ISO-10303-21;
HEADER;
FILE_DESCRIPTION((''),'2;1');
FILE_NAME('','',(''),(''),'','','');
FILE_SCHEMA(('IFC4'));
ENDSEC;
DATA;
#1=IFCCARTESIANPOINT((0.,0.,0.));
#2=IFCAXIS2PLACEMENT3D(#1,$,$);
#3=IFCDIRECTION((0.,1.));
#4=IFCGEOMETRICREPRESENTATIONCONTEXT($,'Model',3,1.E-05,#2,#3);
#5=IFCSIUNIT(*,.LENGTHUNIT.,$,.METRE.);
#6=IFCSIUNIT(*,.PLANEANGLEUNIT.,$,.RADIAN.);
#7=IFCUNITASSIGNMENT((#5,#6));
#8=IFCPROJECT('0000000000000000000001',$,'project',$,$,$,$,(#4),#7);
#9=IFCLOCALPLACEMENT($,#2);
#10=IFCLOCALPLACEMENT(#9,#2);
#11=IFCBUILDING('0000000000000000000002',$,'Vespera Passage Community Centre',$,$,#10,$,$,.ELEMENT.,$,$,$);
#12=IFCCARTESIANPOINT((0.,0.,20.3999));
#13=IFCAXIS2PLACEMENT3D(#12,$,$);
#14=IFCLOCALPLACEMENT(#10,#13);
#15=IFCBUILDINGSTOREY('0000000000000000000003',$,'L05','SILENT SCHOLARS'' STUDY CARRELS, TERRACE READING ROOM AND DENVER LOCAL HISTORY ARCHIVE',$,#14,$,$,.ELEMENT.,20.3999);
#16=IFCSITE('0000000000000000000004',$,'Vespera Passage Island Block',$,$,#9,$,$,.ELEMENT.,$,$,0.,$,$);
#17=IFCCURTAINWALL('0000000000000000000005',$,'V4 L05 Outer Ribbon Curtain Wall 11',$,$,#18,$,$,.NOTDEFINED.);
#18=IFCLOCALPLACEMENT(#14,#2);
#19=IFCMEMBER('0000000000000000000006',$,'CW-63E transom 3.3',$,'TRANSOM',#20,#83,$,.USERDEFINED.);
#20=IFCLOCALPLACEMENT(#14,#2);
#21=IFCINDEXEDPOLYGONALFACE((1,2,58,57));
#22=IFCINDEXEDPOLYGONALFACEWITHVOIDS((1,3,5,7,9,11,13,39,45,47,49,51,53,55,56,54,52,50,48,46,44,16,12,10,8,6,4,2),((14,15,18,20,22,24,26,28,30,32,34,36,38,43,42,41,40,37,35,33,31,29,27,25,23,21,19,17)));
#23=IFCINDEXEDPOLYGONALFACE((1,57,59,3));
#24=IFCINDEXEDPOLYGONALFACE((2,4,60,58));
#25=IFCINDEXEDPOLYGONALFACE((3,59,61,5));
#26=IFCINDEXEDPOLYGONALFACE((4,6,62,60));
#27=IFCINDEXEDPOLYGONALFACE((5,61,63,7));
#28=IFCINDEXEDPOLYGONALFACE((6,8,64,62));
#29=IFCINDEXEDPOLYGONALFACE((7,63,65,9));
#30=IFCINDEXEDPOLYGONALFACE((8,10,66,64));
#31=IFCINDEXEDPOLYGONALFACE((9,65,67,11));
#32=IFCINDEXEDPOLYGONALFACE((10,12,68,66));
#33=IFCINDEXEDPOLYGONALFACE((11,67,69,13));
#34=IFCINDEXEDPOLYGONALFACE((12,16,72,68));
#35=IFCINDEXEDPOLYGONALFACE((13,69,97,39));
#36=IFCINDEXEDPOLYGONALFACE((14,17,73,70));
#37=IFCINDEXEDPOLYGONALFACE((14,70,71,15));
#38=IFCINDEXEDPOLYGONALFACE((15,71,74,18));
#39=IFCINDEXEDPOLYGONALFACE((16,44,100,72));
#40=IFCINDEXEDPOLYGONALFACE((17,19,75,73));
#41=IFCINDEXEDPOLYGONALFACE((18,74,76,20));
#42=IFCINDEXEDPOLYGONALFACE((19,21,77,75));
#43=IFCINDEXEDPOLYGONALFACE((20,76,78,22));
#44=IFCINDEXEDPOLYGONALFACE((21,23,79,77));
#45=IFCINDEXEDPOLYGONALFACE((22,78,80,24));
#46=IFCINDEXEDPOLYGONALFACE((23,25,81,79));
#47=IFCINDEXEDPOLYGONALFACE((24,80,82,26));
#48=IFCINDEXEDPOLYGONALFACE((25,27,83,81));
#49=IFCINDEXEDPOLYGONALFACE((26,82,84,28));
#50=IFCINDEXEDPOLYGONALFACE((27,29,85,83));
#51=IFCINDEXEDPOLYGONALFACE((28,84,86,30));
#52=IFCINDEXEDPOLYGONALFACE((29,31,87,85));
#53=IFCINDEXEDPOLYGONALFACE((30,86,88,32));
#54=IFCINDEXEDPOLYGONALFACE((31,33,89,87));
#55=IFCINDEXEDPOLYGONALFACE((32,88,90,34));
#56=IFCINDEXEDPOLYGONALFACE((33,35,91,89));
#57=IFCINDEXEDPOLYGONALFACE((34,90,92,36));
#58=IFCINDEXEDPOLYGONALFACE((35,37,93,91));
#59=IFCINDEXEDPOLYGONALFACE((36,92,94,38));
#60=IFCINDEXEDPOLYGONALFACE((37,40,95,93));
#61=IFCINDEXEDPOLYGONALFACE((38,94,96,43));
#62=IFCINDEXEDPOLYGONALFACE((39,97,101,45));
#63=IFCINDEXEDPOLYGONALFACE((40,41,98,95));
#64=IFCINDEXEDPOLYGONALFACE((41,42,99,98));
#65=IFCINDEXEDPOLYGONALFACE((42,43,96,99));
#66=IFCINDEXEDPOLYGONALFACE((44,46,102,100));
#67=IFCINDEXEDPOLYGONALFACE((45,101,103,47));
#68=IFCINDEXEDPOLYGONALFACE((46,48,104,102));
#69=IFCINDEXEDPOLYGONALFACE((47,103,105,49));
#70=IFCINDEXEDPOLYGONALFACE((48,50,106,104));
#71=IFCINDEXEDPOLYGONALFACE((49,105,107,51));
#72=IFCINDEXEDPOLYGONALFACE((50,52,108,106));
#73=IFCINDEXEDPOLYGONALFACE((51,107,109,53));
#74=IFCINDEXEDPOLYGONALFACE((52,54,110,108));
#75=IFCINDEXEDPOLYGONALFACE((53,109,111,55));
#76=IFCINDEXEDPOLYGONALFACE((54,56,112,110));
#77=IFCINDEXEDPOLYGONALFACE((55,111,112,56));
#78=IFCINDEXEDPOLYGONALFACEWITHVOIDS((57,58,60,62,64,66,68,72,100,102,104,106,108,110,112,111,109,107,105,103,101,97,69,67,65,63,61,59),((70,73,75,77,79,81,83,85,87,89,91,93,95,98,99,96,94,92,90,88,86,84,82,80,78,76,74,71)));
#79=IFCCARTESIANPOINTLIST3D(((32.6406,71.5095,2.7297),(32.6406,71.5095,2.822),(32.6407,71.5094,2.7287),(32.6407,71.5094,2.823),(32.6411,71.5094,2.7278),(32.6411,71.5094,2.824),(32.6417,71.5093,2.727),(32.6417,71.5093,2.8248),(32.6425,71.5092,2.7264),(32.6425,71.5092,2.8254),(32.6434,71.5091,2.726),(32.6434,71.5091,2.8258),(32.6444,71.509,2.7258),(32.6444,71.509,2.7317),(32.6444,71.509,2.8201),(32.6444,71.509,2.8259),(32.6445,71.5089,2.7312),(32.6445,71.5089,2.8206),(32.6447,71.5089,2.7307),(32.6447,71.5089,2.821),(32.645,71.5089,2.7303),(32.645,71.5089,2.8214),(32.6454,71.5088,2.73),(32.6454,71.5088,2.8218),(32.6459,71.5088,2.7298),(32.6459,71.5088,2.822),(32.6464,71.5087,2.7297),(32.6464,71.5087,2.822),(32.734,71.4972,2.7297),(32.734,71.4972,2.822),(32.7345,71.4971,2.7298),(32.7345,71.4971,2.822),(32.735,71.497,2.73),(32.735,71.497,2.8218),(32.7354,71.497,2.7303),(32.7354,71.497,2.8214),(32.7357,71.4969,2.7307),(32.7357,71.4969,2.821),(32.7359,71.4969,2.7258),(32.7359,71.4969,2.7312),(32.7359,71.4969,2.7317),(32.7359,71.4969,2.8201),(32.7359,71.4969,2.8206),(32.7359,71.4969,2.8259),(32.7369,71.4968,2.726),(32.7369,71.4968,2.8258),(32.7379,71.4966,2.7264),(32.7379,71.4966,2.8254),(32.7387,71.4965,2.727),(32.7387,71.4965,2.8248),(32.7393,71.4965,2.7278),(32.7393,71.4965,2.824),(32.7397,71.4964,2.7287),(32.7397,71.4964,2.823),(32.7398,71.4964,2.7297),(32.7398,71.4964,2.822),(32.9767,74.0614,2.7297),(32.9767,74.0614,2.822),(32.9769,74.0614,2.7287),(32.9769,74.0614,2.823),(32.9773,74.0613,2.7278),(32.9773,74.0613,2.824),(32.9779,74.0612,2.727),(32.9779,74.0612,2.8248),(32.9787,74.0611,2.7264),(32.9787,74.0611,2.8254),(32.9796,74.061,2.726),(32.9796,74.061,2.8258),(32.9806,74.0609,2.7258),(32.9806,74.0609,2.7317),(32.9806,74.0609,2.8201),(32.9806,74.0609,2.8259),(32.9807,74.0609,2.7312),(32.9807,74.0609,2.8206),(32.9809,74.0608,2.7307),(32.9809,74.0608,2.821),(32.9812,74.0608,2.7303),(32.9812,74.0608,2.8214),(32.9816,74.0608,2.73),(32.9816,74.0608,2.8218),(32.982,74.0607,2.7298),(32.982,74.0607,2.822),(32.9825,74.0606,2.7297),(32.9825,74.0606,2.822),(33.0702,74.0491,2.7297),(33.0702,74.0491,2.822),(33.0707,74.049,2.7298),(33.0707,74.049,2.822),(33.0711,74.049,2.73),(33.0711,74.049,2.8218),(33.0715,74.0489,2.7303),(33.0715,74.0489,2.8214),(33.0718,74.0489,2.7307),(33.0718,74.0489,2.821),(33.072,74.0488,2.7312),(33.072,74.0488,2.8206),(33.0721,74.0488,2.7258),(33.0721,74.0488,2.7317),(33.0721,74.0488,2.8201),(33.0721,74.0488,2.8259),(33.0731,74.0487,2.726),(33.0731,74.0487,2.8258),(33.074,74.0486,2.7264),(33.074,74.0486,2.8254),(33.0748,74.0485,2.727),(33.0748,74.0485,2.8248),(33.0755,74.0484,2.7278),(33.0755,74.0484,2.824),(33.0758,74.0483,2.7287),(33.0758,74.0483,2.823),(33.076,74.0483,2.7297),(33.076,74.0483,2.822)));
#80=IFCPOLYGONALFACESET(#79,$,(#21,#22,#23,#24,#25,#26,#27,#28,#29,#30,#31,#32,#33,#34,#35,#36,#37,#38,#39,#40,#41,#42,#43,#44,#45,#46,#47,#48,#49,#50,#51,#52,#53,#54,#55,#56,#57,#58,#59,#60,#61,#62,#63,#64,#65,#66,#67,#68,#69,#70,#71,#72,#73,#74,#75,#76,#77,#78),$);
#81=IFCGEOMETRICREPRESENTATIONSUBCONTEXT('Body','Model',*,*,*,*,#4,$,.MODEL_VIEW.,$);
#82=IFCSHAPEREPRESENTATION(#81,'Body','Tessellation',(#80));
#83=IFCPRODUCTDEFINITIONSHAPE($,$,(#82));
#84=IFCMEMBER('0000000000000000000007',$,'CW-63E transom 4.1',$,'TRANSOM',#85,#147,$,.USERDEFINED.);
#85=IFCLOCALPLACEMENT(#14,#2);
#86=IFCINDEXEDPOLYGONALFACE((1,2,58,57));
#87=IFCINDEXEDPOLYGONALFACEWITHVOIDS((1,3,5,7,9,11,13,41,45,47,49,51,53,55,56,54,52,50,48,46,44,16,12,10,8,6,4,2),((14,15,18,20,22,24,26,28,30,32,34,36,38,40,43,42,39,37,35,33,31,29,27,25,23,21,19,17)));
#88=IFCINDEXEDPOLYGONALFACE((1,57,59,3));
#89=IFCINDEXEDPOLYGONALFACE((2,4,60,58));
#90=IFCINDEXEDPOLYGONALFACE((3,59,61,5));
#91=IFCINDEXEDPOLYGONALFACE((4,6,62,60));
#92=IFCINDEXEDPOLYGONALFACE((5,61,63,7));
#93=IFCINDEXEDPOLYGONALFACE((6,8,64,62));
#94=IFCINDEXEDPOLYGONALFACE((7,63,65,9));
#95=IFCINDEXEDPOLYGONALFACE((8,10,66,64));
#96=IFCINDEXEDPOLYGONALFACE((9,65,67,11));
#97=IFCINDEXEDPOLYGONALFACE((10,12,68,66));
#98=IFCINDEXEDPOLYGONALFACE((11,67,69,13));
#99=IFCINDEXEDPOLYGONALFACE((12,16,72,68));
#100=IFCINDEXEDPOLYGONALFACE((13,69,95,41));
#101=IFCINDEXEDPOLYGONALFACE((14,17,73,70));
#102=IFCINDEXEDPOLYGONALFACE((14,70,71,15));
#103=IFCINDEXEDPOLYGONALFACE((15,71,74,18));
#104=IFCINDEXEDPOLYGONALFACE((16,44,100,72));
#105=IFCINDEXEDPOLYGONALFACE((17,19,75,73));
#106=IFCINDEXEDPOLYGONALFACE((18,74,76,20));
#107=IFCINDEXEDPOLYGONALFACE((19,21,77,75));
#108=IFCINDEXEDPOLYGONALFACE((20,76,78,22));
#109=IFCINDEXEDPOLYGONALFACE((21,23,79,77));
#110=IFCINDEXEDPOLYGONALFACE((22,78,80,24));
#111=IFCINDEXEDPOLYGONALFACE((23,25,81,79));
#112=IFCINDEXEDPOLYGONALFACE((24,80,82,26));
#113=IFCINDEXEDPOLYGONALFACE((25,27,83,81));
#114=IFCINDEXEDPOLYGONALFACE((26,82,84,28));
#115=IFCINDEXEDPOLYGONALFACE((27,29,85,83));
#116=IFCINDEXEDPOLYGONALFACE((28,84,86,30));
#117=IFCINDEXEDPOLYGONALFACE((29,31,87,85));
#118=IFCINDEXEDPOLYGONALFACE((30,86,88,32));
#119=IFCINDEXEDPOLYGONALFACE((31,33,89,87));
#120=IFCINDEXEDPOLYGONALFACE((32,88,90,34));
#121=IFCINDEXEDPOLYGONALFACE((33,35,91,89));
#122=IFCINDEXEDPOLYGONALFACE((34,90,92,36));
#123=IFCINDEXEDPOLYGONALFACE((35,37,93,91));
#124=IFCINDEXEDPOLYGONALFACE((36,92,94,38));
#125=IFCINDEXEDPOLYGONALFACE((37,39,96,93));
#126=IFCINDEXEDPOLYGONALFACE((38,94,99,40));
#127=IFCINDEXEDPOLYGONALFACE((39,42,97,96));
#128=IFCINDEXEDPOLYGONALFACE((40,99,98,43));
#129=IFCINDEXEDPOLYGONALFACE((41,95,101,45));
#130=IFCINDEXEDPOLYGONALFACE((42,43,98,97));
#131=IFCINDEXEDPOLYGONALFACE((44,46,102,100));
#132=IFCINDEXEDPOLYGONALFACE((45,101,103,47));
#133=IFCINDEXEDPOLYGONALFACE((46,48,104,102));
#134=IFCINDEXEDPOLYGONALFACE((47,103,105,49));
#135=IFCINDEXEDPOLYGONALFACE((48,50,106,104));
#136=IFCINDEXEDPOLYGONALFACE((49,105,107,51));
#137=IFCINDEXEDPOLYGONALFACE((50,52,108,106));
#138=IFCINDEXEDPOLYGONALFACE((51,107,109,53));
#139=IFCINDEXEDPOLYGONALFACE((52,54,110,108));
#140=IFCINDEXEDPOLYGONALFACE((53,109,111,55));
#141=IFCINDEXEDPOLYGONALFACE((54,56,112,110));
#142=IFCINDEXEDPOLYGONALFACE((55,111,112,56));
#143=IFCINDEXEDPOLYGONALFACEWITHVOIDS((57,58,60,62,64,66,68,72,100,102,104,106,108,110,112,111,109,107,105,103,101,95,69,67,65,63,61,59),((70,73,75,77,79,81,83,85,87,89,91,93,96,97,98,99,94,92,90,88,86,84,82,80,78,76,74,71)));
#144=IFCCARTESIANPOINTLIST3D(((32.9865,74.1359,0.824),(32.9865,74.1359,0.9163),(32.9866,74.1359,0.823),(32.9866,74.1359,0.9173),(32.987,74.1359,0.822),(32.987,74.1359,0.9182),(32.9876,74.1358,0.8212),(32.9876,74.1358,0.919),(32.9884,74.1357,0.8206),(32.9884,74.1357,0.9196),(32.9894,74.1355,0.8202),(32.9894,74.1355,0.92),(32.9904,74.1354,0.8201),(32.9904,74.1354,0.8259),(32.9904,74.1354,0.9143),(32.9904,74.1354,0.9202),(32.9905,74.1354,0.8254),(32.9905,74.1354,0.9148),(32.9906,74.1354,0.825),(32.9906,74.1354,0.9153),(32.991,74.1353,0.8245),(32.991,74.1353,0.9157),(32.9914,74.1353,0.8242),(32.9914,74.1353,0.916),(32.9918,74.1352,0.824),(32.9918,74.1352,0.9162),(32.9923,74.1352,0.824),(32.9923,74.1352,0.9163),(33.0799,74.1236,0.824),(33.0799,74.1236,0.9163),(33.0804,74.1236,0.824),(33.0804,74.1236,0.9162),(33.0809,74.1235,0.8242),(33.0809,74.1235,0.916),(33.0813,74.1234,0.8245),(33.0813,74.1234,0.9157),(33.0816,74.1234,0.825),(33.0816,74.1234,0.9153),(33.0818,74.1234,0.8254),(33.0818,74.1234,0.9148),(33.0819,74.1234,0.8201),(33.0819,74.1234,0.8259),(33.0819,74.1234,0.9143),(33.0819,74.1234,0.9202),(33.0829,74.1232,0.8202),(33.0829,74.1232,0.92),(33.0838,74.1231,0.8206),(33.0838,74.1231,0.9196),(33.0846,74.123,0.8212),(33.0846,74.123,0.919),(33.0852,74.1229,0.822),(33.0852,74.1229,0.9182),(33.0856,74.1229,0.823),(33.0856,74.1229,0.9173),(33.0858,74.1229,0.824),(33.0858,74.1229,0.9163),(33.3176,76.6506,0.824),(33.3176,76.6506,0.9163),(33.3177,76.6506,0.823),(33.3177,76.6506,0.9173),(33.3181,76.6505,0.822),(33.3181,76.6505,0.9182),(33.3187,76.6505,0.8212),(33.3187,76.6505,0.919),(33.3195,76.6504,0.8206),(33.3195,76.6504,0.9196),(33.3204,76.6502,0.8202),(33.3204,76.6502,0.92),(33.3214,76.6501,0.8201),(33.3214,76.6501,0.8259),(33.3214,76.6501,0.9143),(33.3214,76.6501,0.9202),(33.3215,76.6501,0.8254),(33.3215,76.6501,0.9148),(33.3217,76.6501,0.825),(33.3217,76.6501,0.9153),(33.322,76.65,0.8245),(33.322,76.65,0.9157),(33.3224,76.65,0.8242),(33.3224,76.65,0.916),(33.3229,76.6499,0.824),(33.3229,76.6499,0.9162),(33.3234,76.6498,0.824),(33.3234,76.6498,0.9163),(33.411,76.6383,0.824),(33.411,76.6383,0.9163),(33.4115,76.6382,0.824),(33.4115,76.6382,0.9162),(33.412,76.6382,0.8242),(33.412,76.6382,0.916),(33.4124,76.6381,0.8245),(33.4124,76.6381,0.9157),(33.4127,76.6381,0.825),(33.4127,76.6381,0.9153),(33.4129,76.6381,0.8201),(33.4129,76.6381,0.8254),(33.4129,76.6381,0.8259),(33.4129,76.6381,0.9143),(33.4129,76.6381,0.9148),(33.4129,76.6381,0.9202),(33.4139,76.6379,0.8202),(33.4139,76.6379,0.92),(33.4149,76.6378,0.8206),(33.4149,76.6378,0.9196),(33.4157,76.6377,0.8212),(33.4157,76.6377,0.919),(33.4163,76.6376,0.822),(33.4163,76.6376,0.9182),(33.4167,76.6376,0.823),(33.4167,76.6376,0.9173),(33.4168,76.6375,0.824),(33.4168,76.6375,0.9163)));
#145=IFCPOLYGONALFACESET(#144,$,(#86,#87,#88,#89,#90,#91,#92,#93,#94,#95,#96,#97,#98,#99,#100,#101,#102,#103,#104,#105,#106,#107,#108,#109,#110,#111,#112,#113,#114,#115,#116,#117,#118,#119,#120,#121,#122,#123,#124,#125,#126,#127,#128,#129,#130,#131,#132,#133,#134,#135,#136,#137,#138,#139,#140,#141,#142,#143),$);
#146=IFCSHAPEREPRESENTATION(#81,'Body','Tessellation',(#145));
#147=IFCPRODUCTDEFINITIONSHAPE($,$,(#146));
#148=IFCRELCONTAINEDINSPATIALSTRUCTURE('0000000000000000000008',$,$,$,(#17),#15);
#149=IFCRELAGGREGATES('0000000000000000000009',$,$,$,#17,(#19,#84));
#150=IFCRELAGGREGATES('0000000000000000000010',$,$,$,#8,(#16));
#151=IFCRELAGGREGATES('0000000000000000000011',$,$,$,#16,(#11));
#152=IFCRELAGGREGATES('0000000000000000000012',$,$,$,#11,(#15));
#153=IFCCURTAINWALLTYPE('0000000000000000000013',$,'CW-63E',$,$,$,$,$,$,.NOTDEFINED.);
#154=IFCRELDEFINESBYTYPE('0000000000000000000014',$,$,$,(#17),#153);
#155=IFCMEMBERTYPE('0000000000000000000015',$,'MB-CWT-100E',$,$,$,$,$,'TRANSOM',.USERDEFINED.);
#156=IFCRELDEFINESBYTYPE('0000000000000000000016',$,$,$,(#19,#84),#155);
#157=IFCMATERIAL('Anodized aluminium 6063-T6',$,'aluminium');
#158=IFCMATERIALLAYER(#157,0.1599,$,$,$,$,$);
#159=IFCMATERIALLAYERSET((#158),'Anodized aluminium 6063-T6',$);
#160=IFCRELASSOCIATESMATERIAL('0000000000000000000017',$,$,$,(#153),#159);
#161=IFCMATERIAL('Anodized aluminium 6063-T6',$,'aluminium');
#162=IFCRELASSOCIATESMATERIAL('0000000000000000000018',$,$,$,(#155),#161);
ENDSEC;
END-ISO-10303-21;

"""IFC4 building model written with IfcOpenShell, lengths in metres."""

from ifc_helpers import new_model, si_unit, direction, frame, origin, origin_2d, place, context, subcontext, project, spatial, hollow_rectangle, extrude, material, layer, layer_set, material_profile, profile_set, type_object, element, aggregate, save


model = new_model("IFC4")

# Units and contexts
model_context = context("Model", 3, precision=1e-05, world=origin(), true_north=direction((0.0, 1.0)))
body_context = subcontext(model_context, "Body", "Model", "MODEL_VIEW")
ifc_project = project(units=[si_unit("LENGTHUNIT", "METRE"), si_unit("PLANEANGLEUNIT", "RADIAN")], contexts=[model_context])

# Site, building, storey
site_placement = place(None, origin())
site = spatial("IfcSite", under=ifc_project, at=site_placement, Name="Vespera Passage Island Block", CompositionType="ELEMENT", RefElevation=0.0)
building_placement = place(site_placement, origin())
building = spatial("IfcBuilding", under=site, at=building_placement, Name="Vespera Passage Community Centre", CompositionType="ELEMENT")
storey_placement = place(building_placement, frame((0.0, 0.0, 20.3999)))
storey = spatial("IfcBuildingStorey", under=building, at=storey_placement, Name="L05", Description="SILENT SCHOLARS' STUDY CARRELS, TERRACE READING ROOM AND DENVER LOCAL HISTORY ARCHIVE", CompositionType="ELEMENT", Elevation=20.3999)

# Curtain wall, members
ifc_material_1 = material(Name="Anodized aluminium 6063-T6", Category="aluminium")
ifc_layer_1 = layer(ifc_material_1, 0.1599)
ifc_layer_set_1 = layer_set([ifc_layer_1], Name="Anodized aluminium 6063-T6")
curtain_wall_type_1 = type_object("IfcCurtainWallType", Name="CW-63E", PredefinedType="NOTDEFINED", material=ifc_layer_set_1)
curtain_wall_1_placement = place(storey_placement, origin())
curtain_wall_1 = element("IfcCurtainWall", 1, at=curtain_wall_1_placement, inside=storey, type_object=curtain_wall_type_1, Name="V4 L05 Outer Ribbon Curtain Wall 11", PredefinedType="NOTDEFINED")
ifc_material_2 = material(Name="Anodized aluminium 6063-T6", Category="aluminium")
ifc_material_profile_1 = material_profile(ifc_material_2, hollow_rectangle(XDim=0.1001, YDim=0.1001, WallThickness=0.0039, InnerFilletRadius=0.002, OuterFilletRadius=0.0039, at=origin_2d()), Name="ALU100X100X4")
ifc_profile_set_1 = profile_set([ifc_material_profile_1], Name="Anodized aluminium 6063-T6")
member_type_1 = type_object("IfcMemberType", Name="MB-CWT-100E", ElementType="TRANSOM", PredefinedType="USERDEFINED", material=ifc_profile_set_1)
member_1_placement = place(storey_placement, frame((32.6902, 71.5029, 2.7759), z_axis=(0.130604, 0.991435, 0.0), x_axis=(-0.991435, 0.130604, 0.0)))
member_1 = element("IfcMember", 2, at=member_1_placement, type_object=member_type_1, Name="CW-63E transom 3.3", ObjectType="TRANSOM", PredefinedType="USERDEFINED", context=body_context, shape_type="SweptSolid", body=[
    extrude(hollow_rectangle(XDim=0.1001, YDim=0.1001, WallThickness=0.0039, InnerFilletRadius=0.002, OuterFilletRadius=0.0039, at=origin_2d()), origin(), (0.0, 0.0, 1.0), 2.574),
])
member_2_placement = place(storey_placement, frame((33.0361, 74.1294, 0.8701), z_axis=(0.130524, 0.991445, 0.0), x_axis=(-0.991445, 0.130524, 0.0)))
member_2 = element("IfcMember", 3, at=member_2_placement, type_object=member_type_1, Name="CW-63E transom 4.1", ObjectType="TRANSOM", PredefinedType="USERDEFINED", context=body_context, shape_type="SweptSolid", body=[
    extrude(hollow_rectangle(XDim=0.1001, YDim=0.1001, WallThickness=0.0039, InnerFilletRadius=0.002, OuterFilletRadius=0.0039, at=origin_2d()), origin(), (0.0, 0.0, 1.0), 2.5364),
])

aggregate(curtain_wall_1, [member_1, member_2])

save(model, "model.ifc")
